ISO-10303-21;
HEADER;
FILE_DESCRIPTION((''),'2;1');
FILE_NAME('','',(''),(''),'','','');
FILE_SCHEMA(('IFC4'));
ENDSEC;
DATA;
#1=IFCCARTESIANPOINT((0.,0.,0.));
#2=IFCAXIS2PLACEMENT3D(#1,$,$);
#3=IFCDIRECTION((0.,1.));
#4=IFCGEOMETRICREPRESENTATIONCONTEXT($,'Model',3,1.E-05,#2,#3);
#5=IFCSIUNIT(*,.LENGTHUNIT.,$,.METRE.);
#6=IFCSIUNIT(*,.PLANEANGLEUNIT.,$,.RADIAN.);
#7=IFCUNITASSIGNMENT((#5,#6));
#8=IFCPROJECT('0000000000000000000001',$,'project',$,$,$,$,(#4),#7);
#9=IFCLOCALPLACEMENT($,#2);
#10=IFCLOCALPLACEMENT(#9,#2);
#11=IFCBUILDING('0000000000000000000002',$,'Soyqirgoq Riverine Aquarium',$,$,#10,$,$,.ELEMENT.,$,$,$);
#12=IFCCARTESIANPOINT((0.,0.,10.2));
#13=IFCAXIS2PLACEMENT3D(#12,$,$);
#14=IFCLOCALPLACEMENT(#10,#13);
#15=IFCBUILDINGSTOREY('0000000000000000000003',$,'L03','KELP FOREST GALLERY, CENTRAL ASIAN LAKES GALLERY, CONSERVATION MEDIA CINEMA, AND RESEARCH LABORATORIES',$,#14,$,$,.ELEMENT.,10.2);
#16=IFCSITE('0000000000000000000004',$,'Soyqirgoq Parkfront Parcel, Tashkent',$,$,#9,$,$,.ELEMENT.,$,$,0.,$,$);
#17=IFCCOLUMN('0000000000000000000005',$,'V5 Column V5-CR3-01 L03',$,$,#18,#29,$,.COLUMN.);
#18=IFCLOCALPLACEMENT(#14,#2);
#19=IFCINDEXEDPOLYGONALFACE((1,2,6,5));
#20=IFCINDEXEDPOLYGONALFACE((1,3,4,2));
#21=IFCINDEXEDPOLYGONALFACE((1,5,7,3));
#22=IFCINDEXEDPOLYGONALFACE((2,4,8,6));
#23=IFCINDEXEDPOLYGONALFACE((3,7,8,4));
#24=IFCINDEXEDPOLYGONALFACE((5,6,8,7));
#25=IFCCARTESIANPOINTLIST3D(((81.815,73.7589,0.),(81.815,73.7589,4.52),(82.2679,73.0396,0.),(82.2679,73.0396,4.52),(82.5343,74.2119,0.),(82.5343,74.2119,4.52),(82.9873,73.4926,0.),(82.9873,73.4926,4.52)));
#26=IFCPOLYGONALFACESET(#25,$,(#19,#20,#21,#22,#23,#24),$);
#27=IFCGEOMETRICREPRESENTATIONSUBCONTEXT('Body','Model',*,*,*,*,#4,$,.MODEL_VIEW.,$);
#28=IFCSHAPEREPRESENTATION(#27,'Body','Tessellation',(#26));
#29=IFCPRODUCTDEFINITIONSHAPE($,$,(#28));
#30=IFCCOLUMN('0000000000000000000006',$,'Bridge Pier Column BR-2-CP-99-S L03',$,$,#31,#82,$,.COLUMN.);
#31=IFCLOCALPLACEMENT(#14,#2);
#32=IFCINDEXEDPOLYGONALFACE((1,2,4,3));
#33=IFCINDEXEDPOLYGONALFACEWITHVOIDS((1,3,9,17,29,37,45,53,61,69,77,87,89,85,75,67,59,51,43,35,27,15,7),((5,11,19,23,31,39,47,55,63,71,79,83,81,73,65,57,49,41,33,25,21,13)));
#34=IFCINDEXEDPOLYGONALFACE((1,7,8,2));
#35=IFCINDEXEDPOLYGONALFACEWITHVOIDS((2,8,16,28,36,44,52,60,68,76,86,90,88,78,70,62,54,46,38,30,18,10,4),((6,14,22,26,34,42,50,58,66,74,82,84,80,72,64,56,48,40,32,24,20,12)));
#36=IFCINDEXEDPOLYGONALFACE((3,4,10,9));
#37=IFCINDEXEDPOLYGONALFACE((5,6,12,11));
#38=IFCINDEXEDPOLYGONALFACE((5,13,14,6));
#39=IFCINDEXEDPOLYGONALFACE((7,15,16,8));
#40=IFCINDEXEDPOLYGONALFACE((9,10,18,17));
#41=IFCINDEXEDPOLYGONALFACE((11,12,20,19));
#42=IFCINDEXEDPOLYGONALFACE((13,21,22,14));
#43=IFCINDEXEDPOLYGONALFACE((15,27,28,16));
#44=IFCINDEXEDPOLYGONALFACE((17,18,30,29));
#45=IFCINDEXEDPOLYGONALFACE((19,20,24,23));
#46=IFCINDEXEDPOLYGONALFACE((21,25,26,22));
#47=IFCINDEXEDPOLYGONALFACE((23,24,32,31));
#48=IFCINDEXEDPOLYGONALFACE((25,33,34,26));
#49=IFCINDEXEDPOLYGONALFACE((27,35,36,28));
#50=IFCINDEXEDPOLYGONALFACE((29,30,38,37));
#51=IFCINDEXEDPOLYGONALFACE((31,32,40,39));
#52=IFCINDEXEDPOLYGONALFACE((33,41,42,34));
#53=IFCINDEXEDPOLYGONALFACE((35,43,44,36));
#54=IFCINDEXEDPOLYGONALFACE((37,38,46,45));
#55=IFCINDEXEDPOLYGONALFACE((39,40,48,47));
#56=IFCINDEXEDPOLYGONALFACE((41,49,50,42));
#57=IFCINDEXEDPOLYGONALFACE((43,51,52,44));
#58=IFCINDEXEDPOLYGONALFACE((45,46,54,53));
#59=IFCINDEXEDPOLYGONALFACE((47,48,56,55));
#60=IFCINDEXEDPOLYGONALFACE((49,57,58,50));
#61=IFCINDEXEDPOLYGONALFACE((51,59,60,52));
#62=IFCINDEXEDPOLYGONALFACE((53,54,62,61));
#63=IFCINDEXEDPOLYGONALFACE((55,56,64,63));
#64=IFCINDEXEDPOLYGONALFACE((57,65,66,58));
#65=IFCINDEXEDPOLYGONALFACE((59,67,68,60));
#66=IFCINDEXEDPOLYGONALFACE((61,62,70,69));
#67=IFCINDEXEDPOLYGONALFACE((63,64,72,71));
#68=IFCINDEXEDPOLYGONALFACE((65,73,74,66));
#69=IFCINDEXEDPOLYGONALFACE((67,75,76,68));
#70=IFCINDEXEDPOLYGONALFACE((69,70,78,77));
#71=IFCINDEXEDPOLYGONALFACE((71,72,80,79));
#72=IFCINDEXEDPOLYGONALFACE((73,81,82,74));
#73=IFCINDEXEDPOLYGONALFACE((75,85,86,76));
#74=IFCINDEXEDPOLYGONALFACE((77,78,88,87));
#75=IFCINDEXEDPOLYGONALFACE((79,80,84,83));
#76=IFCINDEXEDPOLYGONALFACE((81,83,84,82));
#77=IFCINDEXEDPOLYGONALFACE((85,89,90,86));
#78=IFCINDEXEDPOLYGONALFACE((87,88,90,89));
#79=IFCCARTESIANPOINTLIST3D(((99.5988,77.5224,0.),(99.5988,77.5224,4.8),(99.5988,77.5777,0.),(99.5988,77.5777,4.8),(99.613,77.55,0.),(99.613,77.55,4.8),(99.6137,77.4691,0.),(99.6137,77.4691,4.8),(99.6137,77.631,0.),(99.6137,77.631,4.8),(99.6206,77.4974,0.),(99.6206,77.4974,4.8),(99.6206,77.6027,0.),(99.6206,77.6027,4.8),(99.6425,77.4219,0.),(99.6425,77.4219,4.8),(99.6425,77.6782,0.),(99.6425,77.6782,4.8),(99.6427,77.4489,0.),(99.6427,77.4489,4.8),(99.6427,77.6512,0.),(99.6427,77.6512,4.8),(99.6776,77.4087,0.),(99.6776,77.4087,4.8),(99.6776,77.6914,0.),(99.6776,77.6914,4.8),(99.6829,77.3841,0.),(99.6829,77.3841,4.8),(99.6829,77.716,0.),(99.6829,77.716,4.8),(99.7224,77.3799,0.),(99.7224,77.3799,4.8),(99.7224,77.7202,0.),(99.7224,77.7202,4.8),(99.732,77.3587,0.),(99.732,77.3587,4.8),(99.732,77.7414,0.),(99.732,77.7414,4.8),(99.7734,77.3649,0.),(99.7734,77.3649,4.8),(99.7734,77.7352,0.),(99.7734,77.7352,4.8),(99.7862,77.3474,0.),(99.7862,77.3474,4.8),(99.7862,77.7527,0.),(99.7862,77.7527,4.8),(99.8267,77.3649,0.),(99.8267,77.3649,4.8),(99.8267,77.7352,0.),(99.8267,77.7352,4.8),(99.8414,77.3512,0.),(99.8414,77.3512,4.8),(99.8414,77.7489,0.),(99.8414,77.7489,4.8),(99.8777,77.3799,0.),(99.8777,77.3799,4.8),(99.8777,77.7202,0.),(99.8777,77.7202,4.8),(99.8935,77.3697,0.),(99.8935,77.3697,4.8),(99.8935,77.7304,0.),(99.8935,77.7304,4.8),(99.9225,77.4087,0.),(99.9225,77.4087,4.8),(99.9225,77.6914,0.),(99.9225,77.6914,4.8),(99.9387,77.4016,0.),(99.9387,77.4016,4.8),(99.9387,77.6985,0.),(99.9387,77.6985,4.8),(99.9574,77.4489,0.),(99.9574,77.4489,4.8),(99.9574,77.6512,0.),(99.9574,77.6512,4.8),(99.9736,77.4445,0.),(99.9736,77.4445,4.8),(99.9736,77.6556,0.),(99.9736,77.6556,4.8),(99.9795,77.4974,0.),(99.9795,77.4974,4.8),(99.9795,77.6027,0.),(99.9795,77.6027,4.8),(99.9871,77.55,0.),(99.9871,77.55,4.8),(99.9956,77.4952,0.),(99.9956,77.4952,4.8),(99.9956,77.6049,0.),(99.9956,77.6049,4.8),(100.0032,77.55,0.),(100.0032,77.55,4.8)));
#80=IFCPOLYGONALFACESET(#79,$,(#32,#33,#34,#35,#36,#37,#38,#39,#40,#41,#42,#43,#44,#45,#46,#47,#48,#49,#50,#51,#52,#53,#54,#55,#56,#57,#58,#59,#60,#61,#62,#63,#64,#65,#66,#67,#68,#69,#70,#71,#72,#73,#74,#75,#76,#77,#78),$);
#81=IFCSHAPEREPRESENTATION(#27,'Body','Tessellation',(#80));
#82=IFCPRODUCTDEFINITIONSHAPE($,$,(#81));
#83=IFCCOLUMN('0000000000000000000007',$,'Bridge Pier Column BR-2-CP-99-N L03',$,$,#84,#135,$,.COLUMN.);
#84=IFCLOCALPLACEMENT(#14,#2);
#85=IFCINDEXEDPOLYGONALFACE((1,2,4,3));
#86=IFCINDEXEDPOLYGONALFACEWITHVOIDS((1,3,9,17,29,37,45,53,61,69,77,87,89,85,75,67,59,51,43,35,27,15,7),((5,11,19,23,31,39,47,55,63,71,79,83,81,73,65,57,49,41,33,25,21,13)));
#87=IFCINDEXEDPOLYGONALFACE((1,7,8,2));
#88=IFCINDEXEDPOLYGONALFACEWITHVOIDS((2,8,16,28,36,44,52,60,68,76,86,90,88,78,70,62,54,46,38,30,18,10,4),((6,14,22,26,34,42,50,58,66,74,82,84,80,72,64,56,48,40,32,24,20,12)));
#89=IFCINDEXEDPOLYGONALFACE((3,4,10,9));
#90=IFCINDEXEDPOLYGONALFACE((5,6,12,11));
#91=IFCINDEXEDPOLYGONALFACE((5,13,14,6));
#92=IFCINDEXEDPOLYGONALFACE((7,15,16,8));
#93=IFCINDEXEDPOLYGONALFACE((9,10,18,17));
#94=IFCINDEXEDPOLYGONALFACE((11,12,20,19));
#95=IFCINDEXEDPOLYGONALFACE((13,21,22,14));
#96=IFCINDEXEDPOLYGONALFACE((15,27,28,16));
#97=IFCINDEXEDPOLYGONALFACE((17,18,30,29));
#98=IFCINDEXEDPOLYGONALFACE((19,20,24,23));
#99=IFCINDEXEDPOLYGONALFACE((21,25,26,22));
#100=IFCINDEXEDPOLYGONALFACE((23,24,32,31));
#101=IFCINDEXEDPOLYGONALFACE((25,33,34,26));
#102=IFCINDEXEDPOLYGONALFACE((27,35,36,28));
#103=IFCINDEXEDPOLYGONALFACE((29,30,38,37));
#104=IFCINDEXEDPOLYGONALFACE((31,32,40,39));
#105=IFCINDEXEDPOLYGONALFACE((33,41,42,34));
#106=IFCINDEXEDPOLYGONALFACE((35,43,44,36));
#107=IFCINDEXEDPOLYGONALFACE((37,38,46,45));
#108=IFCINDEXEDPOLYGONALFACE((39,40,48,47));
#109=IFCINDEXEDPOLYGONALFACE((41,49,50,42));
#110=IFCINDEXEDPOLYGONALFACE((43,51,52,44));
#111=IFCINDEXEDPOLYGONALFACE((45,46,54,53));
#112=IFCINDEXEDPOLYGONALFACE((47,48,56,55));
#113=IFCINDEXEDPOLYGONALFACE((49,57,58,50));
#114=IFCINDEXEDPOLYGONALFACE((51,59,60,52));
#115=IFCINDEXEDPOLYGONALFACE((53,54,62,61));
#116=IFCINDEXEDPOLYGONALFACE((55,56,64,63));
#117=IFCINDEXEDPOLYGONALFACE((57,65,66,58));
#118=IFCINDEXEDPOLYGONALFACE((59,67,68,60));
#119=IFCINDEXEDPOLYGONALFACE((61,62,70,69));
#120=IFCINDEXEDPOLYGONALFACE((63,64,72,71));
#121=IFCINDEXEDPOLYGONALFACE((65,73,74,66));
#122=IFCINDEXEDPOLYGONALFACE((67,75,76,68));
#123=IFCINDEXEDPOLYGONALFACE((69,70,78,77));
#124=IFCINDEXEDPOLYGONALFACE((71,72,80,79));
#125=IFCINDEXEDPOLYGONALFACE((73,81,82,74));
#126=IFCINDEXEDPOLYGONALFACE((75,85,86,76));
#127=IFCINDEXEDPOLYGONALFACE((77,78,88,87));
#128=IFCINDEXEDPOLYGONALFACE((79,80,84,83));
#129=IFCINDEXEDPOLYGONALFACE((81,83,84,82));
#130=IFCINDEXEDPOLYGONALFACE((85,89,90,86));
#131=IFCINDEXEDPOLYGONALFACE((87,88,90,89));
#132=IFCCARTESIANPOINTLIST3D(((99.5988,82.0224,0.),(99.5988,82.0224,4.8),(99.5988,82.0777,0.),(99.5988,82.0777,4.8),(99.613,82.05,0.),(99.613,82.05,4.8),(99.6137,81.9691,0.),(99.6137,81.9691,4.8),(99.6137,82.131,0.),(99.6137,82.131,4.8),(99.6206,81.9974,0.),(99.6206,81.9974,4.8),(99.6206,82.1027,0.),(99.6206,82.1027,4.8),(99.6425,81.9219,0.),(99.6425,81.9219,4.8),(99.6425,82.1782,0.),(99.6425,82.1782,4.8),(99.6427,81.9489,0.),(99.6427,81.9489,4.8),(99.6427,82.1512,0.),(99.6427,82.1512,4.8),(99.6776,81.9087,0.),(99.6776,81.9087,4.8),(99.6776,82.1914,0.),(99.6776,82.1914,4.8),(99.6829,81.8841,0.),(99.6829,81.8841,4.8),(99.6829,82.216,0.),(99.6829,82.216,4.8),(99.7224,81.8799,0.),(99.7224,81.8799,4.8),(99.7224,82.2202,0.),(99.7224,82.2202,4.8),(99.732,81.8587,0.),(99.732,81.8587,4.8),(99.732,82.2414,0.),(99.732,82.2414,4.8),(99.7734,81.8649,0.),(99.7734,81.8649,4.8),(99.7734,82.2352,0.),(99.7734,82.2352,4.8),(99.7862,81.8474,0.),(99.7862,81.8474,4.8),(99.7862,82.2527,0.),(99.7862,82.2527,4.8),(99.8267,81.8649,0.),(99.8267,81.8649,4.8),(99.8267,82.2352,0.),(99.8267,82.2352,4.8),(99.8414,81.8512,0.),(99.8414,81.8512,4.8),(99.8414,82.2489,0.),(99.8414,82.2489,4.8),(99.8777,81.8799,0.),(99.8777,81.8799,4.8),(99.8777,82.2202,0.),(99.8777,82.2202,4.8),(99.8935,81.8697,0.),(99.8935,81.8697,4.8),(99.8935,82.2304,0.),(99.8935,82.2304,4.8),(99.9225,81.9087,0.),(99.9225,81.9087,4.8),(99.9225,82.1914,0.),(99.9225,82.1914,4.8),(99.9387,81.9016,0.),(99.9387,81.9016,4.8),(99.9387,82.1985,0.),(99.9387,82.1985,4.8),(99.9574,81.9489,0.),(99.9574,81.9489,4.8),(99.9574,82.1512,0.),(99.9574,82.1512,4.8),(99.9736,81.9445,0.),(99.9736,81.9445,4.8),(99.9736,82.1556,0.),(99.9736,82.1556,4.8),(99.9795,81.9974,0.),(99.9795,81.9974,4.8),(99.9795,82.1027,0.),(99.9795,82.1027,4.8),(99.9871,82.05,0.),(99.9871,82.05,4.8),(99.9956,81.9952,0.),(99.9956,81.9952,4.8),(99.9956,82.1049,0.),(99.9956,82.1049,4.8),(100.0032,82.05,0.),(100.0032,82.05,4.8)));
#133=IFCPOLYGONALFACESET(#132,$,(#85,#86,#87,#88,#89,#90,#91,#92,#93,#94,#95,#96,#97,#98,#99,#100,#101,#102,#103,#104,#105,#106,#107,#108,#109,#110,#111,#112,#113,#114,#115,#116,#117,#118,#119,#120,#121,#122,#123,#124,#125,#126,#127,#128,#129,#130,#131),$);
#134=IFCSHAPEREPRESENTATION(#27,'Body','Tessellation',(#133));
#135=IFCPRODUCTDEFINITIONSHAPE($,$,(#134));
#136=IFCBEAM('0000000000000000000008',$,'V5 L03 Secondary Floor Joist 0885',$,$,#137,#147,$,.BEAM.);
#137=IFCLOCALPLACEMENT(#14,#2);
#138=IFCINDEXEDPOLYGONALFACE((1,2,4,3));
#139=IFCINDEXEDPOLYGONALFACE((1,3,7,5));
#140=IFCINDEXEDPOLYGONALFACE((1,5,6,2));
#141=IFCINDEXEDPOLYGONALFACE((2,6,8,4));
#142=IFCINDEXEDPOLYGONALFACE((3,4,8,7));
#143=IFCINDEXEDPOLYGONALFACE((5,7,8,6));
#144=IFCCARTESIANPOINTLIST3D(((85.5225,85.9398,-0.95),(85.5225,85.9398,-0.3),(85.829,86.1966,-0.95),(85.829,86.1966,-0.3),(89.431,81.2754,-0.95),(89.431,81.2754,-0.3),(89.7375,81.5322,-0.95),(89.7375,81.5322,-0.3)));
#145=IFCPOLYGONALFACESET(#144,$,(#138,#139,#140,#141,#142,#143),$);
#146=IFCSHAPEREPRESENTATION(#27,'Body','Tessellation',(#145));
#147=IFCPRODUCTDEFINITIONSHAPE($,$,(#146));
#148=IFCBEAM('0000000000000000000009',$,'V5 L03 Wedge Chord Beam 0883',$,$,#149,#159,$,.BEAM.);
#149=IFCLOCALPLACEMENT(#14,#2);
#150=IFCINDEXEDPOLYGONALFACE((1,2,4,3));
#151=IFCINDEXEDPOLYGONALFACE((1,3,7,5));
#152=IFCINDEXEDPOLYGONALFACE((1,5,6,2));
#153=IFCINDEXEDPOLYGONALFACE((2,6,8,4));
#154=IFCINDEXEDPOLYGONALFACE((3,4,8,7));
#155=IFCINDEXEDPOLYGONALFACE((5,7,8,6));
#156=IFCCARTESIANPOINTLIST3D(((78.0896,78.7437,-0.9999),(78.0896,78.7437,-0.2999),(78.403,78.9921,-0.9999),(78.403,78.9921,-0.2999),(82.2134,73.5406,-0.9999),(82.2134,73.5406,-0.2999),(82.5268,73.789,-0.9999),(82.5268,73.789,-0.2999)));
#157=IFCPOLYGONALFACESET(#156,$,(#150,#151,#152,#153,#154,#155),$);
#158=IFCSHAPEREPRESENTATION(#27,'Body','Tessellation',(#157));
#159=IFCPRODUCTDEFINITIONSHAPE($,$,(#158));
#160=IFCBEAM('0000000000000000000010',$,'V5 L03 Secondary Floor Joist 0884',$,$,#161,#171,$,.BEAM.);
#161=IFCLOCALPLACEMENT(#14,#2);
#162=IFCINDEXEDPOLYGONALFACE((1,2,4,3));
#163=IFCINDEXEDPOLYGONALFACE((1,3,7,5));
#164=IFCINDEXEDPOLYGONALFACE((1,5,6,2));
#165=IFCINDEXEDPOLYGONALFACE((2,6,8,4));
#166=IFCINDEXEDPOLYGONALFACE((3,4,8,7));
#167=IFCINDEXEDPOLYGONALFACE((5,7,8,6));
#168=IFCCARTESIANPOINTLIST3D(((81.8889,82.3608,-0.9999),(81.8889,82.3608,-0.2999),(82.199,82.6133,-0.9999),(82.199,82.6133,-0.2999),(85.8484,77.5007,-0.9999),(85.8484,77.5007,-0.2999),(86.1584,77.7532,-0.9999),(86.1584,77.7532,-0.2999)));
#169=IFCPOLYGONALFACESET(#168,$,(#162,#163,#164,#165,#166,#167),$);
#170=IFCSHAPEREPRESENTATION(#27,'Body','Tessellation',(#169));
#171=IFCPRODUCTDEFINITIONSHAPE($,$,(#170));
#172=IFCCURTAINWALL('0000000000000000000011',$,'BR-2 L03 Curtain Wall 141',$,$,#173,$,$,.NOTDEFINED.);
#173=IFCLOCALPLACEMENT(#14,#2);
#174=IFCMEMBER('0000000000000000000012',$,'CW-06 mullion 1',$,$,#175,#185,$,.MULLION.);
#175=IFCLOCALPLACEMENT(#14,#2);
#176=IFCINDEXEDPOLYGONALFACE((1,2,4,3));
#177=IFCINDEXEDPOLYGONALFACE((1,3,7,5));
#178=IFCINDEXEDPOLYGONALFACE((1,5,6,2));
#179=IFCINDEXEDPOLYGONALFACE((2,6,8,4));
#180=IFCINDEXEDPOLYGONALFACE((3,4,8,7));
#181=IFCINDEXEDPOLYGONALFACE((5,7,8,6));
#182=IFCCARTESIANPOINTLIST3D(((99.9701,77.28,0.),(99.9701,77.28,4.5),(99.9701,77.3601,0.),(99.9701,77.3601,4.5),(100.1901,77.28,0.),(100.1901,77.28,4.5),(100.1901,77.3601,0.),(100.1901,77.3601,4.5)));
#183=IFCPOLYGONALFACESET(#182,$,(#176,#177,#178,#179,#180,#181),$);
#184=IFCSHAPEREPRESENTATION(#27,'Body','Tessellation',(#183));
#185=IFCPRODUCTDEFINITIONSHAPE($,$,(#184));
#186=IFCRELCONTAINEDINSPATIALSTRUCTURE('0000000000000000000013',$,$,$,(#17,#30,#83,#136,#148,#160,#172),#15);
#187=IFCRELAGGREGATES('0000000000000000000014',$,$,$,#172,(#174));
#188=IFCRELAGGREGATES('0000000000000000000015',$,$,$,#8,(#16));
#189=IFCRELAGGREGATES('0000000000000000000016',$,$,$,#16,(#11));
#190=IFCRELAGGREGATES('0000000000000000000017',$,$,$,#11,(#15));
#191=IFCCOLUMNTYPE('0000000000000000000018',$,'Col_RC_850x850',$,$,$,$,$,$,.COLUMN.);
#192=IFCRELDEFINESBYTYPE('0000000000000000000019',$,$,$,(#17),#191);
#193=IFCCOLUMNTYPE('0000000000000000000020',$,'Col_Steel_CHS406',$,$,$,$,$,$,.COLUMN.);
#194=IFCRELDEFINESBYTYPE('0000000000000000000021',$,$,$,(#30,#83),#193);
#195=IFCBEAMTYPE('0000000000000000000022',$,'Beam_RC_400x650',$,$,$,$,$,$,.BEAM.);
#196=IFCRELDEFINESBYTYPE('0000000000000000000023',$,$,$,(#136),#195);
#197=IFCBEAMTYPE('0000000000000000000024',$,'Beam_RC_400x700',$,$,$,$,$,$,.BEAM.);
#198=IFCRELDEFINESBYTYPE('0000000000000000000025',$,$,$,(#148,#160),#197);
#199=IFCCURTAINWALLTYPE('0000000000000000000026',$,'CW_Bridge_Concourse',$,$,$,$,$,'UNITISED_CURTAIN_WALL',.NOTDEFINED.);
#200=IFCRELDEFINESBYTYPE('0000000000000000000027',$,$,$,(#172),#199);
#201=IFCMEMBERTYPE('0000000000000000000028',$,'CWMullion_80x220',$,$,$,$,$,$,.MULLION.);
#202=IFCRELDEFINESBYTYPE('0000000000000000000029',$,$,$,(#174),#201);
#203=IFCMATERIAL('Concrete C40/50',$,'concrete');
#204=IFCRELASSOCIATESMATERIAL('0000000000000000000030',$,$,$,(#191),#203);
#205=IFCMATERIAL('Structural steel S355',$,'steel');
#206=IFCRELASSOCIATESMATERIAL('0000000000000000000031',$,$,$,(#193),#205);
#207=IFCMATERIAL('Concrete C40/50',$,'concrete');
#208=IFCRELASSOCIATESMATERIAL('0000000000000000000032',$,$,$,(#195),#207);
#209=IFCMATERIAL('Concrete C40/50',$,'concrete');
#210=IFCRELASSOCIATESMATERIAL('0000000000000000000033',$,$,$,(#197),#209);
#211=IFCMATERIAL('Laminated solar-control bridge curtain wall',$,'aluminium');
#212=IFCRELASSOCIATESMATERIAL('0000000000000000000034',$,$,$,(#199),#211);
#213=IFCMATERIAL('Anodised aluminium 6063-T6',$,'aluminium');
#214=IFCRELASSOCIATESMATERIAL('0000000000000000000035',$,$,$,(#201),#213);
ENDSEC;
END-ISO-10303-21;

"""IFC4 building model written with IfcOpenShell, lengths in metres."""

from ifc_helpers import new_model, si_unit, direction, frame, origin, origin_2d, place, context, subcontext, project, spatial, rectangle, hollow_circle, extrude, material, material_profile, profile_set, type_object, element, aggregate, save


model = new_model("IFC4")

# Units and contexts
model_context = context("Model", 3, precision=1e-05, world=origin(), true_north=direction((0.0, 1.0)))
body_context = subcontext(model_context, "Body", "Model", "MODEL_VIEW")
ifc_project = project(units=[si_unit("LENGTHUNIT", "METRE"), si_unit("PLANEANGLEUNIT", "RADIAN")], contexts=[model_context])

# Site, building, storey
site_placement = place(None, origin())
site = spatial("IfcSite", under=ifc_project, at=site_placement, Name="Soyqirgoq Parkfront Parcel, Tashkent", CompositionType="ELEMENT", RefElevation=0.0)
building_placement = place(site_placement, origin())
building = spatial("IfcBuilding", under=site, at=building_placement, Name="Soyqirgoq Riverine Aquarium", CompositionType="ELEMENT")
storey_placement = place(building_placement, frame((0.0, 0.0, 10.2)))
storey = spatial("IfcBuildingStorey", under=building, at=storey_placement, Name="L03", Description="KELP FOREST GALLERY, CENTRAL ASIAN LAKES GALLERY, CONSERVATION MEDIA CINEMA, AND RESEARCH LABORATORIES", CompositionType="ELEMENT", Elevation=10.2)

# Columns
ifc_material_1 = material(Name="Concrete C40/50", Category="concrete")
ifc_material_profile_1 = material_profile(ifc_material_1, rectangle(XDim=0.8501, YDim=0.8501, at=origin_2d()), Name="RC 850x850")
ifc_profile_set_1 = profile_set([ifc_material_profile_1], Name="Concrete C40/50")
column_type_1 = type_object("IfcColumnType", Name="Col_RC_850x850", PredefinedType="COLUMN", material=ifc_profile_set_1)
column_placement = place(storey_placement, frame((82.4011, 73.6257, 0.0), z_axis=(0.0, 0.0, 1.0), x_axis=(0.846193, 0.532876, 0.0)))
element("IfcColumn", 1, at=column_placement, inside=storey, type_object=column_type_1, Name="V5 Column V5-CR3-01 L03", PredefinedType="COLUMN", context=body_context, shape_type="SweptSolid", body=[
    extrude(rectangle(XDim=0.8501, YDim=0.8501, at=origin_2d()), origin(), (0.0, 0.0, 1.0), 4.52),
])
ifc_material_2 = material(Name="Structural steel S355", Category="steel")
ifc_material_profile_2 = material_profile(ifc_material_2, hollow_circle(Radius=0.2031, WallThickness=0.0161, at=origin_2d()), Name="CHS 406.4x16")
ifc_profile_set_2 = profile_set([ifc_material_profile_2], Name="Structural steel S355")
column_type_2 = type_object("IfcColumnType", Name="Col_Steel_CHS406", PredefinedType="COLUMN", material=ifc_profile_set_2)
for number, where, z_axis, x_axis, name in (
    (2, (99.8, 77.55, 0.0), (0.0, 0.0, 1.0), (1.0, 0.0, 0.0), "Bridge Pier Column BR-2-CP-99-S L03"),
    (3, (99.8, 82.05, 0.0), (0.0, 0.0, 1.0), (1.0, 0.0, 0.0), "Bridge Pier Column BR-2-CP-99-N L03"),
):
    element("IfcColumn", number, at=place(storey_placement, frame(where, z_axis=z_axis, x_axis=x_axis)), inside=storey, type_object=column_type_2, Name=name, PredefinedType="COLUMN", context=body_context, shape_type="SweptSolid", body=[
        extrude(hollow_circle(Radius=0.2031, WallThickness=0.0161, at=origin_2d()), origin(), (0.0, 0.0, 1.0), 4.8),
    ])

# Beams
ifc_material_3 = material(Name="Concrete C40/50", Category="concrete")
ifc_material_profile_3 = material_profile(ifc_material_3, rectangle(XDim=0.3999, YDim=0.6499, at=origin_2d()), Name="RC 400x650")
ifc_profile_set_3 = profile_set([ifc_material_profile_3], Name="Concrete C40/50")
beam_type_1 = type_object("IfcBeamType", Name="Beam_RC_400x650", PredefinedType="BEAM", material=ifc_profile_set_3)
beam_1_placement = place(storey_placement, frame((89.5842, 81.4038, -0.625), z_axis=(-0.64227, 0.766479, 0.0), x_axis=(-0.766479, -0.64227, 0.0)))
element("IfcBeam", 4, at=beam_1_placement, inside=storey, type_object=beam_type_1, Name="V5 L03 Secondary Floor Joist 0885", PredefinedType="BEAM", context=body_context, shape_type="SweptSolid", body=[
    extrude(rectangle(XDim=0.3999, YDim=0.6499, at=origin_2d()), origin(), (0.0, 0.0, 1.0), 6.0854),
])
ifc_material_4 = material(Name="Concrete C40/50", Category="concrete")
ifc_material_profile_4 = material_profile(ifc_material_4, rectangle(XDim=0.3999, YDim=0.7, at=origin_2d()), Name="RC 400x700")
ifc_profile_set_4 = profile_set([ifc_material_profile_4], Name="Concrete C40/50")
beam_type_2 = type_object("IfcBeamType", Name="Beam_RC_400x700", PredefinedType="BEAM", material=ifc_profile_set_4)
beam_2_placement = place(storey_placement, frame((82.3701, 73.6648, -0.6499), z_axis=(-0.621132, 0.783706, 0.0), x_axis=(-0.783706, -0.621132, 0.0)))
element("IfcBeam", 5, at=beam_2_placement, inside=storey, type_object=beam_type_2, Name="V5 L03 Wedge Chord Beam 0883", PredefinedType="BEAM", context=body_context, shape_type="SweptSolid", body=[
    extrude(rectangle(XDim=0.3999, YDim=0.7, at=origin_2d()), origin(), (0.0, 0.0, 1.0), 6.6392),
])
beam_3_placement = place(storey_placement, frame((86.0034, 77.627, -0.6499), z_axis=(-0.631614, 0.775283, 0.0), x_axis=(-0.775283, -0.631614, 0.0)))
element("IfcBeam", 6, at=beam_3_placement, inside=storey, type_object=beam_type_2, Name="V5 L03 Secondary Floor Joist 0884", PredefinedType="BEAM", context=body_context, shape_type="SweptSolid", body=[
    extrude(rectangle(XDim=0.3999, YDim=0.7, at=origin_2d()), origin(), (0.0, 0.0, 1.0), 6.2688),
])

# Curtain wall, member
ifc_material_5 = material(Name="Laminated solar-control bridge curtain wall", Category="aluminium")
curtain_wall_type = type_object("IfcCurtainWallType", Name="CW_Bridge_Concourse", ElementType="UNITISED_CURTAIN_WALL", PredefinedType="NOTDEFINED", material=ifc_material_5)
curtain_wall_placement = place(storey_placement, origin())
curtain_wall = element("IfcCurtainWall", 7, at=curtain_wall_placement, inside=storey, type_object=curtain_wall_type, Name="BR-2 L03 Curtain Wall 141", PredefinedType="NOTDEFINED")
ifc_material_6 = material(Name="Anodised aluminium 6063-T6", Category="aluminium")
ifc_material_profile_5 = material_profile(ifc_material_6, rectangle(XDim=0.0801, YDim=0.22, at=origin_2d()), Name="ALU-M 80x220")
ifc_profile_set_5 = profile_set([ifc_material_profile_5], Name="Anodised aluminium 6063-T6")
member_type_1 = type_object("IfcMemberType", Name="CWMullion_80x220", PredefinedType="MULLION", material=ifc_profile_set_5)
member_1_placement = place(storey_placement, frame((100.0801, 77.3201, 0.0), z_axis=(0.0, 0.0, 1.0), x_axis=(0.0, 1.0, 0.0)))
member_1 = element("IfcMember", 8, at=member_1_placement, type_object=member_type_1, Name="CW-06 mullion 1", PredefinedType="MULLION", context=body_context, shape_type="SweptSolid", body=[
    extrude(rectangle(XDim=0.0801, YDim=0.22, at=origin_2d()), origin(), (0.0, 0.0, 1.0), 4.5),
])

aggregate(curtain_wall, [member_1])

save(model, "model.ifc")
